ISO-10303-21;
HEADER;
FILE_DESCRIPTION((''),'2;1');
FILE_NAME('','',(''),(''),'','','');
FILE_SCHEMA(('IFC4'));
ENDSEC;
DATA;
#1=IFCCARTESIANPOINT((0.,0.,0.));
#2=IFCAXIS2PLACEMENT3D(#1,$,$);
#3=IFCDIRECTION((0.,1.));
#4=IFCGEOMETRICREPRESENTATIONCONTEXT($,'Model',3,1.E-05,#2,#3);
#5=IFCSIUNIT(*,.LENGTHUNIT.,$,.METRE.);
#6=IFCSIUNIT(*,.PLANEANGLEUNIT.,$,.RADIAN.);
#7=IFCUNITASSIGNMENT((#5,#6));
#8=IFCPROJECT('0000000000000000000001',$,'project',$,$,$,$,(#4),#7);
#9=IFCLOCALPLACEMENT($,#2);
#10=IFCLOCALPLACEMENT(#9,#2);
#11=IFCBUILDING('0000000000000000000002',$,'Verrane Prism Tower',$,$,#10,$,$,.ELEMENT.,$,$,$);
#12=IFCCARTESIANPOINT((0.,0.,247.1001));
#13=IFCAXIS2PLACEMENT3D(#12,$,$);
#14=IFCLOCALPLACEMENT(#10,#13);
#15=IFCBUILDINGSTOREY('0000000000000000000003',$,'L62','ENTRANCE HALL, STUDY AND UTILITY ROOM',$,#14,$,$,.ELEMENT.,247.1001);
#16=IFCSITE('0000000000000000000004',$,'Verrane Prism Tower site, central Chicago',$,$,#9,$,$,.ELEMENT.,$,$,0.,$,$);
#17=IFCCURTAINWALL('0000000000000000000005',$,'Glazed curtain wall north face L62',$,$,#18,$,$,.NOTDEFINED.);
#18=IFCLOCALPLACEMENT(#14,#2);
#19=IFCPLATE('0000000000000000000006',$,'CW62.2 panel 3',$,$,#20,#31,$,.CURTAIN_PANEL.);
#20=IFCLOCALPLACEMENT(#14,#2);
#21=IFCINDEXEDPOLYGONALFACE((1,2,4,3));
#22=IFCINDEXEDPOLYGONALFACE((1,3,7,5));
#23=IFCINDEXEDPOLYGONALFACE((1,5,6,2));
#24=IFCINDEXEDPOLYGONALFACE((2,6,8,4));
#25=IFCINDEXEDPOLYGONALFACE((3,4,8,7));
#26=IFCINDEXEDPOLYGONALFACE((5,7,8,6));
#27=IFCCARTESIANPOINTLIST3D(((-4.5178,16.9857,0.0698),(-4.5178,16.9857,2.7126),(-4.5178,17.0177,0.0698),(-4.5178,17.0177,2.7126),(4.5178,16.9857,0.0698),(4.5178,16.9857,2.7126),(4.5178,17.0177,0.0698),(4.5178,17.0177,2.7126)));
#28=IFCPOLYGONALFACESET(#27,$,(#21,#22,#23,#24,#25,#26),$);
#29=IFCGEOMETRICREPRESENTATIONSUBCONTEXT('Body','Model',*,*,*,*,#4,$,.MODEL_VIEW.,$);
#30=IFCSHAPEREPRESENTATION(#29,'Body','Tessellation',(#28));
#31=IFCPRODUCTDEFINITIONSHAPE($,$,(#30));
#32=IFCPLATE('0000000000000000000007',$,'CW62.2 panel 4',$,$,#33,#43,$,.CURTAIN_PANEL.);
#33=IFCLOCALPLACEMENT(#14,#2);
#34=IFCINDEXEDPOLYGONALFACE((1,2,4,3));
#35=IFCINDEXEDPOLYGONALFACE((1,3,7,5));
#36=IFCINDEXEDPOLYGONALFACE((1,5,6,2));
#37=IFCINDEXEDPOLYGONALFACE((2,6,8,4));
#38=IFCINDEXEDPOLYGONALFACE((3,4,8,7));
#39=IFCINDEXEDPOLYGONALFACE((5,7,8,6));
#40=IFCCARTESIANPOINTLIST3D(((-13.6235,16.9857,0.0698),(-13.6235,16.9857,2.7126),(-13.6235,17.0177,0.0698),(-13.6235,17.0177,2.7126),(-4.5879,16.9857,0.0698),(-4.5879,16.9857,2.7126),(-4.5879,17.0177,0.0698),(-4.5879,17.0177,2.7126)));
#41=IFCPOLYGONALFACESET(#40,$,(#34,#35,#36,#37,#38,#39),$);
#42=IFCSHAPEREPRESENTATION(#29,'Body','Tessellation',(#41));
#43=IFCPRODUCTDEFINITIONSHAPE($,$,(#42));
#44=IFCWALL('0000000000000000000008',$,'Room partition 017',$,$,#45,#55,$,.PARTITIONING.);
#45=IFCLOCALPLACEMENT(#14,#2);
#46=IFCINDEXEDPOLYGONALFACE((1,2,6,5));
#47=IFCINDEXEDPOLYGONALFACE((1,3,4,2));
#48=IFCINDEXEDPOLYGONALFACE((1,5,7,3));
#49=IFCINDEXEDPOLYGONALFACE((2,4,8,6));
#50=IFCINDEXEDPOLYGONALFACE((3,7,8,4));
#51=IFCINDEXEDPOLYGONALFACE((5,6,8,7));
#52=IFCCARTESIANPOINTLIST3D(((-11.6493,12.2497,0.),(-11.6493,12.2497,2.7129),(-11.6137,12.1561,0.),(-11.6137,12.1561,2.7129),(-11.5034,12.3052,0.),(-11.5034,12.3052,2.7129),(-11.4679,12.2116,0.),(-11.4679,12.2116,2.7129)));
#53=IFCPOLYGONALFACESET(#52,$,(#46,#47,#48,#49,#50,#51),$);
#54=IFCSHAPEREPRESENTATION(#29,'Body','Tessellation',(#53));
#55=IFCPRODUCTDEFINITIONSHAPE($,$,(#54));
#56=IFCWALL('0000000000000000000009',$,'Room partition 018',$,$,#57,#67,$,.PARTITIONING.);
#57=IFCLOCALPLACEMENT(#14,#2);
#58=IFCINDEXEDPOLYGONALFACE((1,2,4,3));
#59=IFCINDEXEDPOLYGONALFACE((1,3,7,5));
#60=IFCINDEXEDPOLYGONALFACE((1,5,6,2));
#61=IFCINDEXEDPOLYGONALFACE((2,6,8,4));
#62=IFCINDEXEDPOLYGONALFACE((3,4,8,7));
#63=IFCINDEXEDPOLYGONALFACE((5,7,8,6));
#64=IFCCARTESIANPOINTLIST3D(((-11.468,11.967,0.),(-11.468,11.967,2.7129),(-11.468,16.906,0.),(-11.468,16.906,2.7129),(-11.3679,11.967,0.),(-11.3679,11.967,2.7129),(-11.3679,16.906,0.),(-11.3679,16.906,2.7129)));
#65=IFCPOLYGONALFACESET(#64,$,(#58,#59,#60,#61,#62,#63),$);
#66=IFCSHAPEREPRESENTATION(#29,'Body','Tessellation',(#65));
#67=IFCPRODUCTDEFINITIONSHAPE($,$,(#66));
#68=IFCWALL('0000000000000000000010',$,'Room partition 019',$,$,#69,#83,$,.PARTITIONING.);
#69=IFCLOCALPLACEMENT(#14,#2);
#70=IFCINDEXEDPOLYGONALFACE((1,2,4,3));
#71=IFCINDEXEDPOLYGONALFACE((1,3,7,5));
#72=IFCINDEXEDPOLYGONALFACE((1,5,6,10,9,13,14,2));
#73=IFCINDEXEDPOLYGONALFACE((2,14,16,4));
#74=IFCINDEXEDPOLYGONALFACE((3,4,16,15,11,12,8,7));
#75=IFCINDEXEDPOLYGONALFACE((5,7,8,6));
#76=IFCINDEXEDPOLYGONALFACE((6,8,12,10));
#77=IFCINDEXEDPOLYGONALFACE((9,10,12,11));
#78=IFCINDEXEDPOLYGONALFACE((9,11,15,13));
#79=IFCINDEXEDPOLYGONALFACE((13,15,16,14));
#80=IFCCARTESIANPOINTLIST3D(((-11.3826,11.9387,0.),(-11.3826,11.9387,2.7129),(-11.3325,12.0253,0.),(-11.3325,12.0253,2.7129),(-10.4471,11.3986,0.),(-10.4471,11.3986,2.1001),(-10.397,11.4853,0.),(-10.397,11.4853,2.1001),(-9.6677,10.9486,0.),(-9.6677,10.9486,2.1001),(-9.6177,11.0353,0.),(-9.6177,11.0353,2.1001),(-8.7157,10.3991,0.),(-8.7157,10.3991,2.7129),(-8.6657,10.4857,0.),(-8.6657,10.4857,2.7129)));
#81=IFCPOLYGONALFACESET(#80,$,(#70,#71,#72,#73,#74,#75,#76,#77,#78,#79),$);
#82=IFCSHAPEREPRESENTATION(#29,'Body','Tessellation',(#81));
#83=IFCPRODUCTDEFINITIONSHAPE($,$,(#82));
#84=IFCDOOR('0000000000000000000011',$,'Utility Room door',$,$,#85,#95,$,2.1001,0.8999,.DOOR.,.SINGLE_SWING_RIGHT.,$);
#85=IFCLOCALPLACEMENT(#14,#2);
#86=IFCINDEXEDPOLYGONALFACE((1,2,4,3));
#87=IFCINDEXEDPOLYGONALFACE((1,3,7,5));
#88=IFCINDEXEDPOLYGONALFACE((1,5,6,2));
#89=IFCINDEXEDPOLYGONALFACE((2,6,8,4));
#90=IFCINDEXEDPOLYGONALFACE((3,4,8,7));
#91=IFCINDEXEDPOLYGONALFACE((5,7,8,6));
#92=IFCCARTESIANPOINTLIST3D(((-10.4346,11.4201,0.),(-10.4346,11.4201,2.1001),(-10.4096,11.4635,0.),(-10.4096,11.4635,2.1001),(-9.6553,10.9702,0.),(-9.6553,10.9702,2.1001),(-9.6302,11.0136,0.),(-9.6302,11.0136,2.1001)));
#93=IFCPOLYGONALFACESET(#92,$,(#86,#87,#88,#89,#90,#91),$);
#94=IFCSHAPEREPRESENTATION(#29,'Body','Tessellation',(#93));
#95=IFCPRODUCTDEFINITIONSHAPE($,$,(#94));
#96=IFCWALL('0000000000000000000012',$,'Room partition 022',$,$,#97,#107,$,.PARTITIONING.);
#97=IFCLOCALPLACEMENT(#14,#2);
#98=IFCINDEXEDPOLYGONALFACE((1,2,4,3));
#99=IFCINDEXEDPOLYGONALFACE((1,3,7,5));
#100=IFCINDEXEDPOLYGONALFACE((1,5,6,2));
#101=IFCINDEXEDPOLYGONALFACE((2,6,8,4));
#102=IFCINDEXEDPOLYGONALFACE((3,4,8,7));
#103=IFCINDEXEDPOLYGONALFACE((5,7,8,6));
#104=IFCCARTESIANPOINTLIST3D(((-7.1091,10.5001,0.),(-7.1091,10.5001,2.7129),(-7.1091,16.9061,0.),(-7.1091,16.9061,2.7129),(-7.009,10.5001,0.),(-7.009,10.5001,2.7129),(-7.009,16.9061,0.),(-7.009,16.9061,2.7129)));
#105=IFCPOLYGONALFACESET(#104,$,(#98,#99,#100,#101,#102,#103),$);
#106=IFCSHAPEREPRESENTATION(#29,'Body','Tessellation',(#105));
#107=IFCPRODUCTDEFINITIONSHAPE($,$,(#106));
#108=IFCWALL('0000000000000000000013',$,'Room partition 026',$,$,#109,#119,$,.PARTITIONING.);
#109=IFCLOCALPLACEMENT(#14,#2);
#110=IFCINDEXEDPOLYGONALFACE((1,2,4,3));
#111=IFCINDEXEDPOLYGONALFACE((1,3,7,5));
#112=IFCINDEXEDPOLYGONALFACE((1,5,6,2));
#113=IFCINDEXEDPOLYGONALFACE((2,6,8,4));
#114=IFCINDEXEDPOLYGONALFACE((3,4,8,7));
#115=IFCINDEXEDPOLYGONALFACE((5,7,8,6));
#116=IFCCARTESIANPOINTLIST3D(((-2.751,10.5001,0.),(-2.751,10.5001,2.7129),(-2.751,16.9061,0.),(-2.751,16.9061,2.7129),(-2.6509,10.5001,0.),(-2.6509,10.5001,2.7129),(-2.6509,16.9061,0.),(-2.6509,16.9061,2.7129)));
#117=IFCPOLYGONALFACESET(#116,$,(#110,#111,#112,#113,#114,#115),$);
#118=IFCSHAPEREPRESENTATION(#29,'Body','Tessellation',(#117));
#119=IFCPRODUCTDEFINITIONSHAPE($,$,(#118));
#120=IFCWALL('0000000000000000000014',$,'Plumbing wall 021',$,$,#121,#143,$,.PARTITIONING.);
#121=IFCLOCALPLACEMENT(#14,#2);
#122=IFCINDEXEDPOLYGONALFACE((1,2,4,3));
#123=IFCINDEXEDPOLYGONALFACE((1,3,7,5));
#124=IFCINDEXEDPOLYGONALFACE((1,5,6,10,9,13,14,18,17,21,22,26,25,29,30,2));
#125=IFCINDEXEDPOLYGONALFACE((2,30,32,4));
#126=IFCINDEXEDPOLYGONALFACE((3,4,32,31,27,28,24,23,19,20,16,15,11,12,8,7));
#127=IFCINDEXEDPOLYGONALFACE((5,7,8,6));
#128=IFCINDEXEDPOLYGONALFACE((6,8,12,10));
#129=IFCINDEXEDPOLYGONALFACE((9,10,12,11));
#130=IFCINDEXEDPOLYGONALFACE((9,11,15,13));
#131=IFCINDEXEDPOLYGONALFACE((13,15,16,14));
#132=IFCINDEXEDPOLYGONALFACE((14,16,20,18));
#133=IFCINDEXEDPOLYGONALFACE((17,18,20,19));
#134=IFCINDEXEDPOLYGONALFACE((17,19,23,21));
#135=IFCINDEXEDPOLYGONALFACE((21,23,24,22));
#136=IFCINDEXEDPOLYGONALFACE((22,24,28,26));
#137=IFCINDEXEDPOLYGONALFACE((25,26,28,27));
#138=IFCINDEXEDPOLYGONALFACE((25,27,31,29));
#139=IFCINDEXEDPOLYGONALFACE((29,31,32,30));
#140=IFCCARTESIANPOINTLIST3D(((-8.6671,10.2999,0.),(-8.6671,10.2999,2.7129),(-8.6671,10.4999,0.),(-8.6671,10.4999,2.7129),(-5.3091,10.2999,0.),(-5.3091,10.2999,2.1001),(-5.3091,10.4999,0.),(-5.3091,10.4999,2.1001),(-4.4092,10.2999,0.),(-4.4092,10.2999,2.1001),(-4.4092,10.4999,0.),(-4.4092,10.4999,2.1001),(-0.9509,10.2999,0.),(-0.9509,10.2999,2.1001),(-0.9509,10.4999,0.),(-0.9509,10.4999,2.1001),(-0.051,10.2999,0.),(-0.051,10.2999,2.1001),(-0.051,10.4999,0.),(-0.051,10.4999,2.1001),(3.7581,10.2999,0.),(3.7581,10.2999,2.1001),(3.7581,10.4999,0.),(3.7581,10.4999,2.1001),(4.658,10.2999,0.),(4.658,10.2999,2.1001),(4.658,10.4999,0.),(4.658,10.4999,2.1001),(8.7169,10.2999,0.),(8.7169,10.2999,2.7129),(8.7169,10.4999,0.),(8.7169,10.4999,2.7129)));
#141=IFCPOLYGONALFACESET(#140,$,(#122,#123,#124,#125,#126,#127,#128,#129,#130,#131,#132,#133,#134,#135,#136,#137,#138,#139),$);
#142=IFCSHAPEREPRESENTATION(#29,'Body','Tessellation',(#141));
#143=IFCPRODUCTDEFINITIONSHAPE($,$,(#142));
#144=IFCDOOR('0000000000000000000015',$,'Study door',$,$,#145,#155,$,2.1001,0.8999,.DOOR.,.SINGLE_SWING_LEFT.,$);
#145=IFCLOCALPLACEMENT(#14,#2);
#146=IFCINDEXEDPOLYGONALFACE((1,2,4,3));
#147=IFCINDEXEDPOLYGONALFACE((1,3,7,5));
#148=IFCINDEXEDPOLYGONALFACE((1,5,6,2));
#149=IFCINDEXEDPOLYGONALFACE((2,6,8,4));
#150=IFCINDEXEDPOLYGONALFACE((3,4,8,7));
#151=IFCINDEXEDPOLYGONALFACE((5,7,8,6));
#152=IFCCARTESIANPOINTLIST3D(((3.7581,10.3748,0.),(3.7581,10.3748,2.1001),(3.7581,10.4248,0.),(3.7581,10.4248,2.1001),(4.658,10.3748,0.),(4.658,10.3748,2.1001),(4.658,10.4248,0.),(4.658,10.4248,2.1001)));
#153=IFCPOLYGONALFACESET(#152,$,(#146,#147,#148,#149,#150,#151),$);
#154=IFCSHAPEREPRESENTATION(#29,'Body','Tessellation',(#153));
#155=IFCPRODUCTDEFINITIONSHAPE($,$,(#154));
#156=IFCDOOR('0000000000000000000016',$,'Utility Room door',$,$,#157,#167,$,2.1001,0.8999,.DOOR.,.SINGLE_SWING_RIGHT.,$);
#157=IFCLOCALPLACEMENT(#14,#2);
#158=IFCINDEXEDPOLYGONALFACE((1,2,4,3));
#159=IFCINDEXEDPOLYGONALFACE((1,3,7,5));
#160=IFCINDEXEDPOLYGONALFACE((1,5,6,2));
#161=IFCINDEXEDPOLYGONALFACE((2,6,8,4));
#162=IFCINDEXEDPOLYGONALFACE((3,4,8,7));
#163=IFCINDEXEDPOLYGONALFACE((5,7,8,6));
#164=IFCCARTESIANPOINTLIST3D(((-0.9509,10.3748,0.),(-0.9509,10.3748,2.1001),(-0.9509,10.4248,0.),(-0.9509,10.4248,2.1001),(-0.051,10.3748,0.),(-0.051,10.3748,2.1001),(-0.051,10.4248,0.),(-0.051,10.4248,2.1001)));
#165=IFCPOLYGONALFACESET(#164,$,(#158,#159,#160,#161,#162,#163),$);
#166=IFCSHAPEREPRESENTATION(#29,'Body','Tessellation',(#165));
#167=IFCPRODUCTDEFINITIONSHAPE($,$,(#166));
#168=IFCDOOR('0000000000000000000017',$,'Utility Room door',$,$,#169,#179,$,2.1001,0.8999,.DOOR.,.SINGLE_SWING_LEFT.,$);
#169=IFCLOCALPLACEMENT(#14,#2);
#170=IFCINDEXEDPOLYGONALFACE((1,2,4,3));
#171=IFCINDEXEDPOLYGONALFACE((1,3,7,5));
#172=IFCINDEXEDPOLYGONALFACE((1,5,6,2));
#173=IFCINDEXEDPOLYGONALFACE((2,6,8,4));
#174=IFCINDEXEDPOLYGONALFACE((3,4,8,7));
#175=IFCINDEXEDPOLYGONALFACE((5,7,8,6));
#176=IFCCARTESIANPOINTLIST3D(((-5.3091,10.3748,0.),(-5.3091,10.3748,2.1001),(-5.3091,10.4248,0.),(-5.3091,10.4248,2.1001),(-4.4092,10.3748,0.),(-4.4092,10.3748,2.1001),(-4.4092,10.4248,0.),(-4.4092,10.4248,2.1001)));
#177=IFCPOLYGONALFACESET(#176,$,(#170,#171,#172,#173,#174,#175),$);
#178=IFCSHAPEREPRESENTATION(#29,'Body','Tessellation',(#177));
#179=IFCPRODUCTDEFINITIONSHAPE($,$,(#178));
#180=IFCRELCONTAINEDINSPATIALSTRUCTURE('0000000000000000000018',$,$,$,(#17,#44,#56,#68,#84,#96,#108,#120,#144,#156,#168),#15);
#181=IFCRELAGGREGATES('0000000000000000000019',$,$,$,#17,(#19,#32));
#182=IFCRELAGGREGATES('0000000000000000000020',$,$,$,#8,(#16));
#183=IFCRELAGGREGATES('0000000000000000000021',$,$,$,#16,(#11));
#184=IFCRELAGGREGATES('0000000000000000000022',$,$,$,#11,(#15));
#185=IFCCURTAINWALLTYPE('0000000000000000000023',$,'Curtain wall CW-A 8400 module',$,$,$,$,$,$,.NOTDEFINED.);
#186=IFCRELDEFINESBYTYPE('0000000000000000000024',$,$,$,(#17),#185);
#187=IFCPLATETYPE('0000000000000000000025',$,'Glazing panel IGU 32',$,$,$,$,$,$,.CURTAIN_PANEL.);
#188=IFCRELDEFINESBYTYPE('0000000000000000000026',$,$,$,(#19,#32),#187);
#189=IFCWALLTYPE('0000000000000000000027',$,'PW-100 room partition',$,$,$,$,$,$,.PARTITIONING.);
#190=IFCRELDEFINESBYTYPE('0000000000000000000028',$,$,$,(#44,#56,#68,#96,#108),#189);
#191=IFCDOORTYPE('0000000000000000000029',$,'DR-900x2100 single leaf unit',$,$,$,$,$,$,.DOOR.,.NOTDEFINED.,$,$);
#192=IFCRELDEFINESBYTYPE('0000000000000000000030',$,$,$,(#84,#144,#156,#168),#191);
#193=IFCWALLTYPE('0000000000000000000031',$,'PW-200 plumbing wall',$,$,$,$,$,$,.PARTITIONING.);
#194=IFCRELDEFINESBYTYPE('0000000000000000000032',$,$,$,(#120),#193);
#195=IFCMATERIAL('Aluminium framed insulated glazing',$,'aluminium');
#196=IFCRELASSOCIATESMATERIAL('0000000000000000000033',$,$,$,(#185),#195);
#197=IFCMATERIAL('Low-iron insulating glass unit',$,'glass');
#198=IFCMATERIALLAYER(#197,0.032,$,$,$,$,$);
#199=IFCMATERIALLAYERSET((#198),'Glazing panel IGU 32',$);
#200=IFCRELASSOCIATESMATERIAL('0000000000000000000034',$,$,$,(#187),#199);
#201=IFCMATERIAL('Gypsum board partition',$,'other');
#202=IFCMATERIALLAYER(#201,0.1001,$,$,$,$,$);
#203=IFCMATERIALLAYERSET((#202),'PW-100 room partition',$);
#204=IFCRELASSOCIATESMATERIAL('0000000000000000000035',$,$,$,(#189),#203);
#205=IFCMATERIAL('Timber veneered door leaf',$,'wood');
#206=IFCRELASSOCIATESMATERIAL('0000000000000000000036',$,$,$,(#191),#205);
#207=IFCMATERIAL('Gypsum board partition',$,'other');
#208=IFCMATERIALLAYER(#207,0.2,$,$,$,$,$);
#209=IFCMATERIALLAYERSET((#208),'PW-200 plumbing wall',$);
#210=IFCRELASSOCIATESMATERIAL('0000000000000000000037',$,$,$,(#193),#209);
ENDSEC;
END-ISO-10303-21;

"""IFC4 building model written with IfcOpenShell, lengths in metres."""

from ifc_helpers import new_model, si_unit, direction, frame, frame_2d, origin, origin_2d, place, context, subcontext, project, spatial, rectangle, extrude, material, layer, layer_set, type_object, element, fill, aggregate, save


model = new_model("IFC4")

# Units and contexts
model_context = context("Model", 3, precision=1e-05, world=origin(), true_north=direction((0.0, 1.0)))
body_context = subcontext(model_context, "Body", "Model", "MODEL_VIEW")
ifc_project = project(units=[si_unit("LENGTHUNIT", "METRE"), si_unit("PLANEANGLEUNIT", "RADIAN")], contexts=[model_context])

# Site, building, storey
site_placement = place(None, origin())
site = spatial("IfcSite", under=ifc_project, at=site_placement, Name="Verrane Prism Tower site, central Chicago", CompositionType="ELEMENT", RefElevation=0.0)
building_placement = place(site_placement, origin())
building = spatial("IfcBuilding", under=site, at=building_placement, Name="Verrane Prism Tower", CompositionType="ELEMENT")
storey_placement = place(building_placement, frame((0.0, 0.0, 247.1001)))
storey = spatial("IfcBuildingStorey", under=building, at=storey_placement, Name="L62", Description="ENTRANCE HALL, STUDY AND UTILITY ROOM", CompositionType="ELEMENT", Elevation=247.1001)

# Curtain wall
ifc_material_1 = material(Name="Aluminium framed insulated glazing", Category="aluminium")
curtain_wall_type = type_object("IfcCurtainWallType", Name="Curtain wall CW-A 8400 module", PredefinedType="NOTDEFINED", material=ifc_material_1)
curtain_wall_placement = place(storey_placement, origin())
curtain_wall = element("IfcCurtainWall", 1, at=curtain_wall_placement, inside=storey, type_object=curtain_wall_type, Name="Glazed curtain wall north face L62", PredefinedType="NOTDEFINED")

# Plates
ifc_material_2 = material(Name="Low-iron insulating glass unit", Category="glass")
ifc_layer_1 = layer(ifc_material_2, 0.032)
ifc_layer_set_1 = layer_set([ifc_layer_1], Name="Glazing panel IGU 32")
plate_type = type_object("IfcPlateType", Name="Glazing panel IGU 32", PredefinedType="CURTAIN_PANEL", material=ifc_layer_set_1)
plate_1_placement = place(storey_placement, frame((0.0, 17.0017, 0.0698), z_axis=(0.0, 0.0, 1.0), x_axis=(-1.0, 0.0, 0.0)))
plate_1 = element("IfcPlate", 2, at=plate_1_placement, type_object=plate_type, Name="CW62.2 panel 3", PredefinedType="CURTAIN_PANEL", context=body_context, shape_type="SweptSolid", body=[
    extrude(rectangle(XDim=9.0356, YDim=0.032, at=origin_2d()), origin(), (0.0, 0.0, 1.0), 2.6428),
])
plate_2_placement = place(storey_placement, frame((-9.1057, 17.0017, 0.0698), z_axis=(0.0, 0.0, 1.0), x_axis=(-1.0, 0.0, 0.0)))
plate_2 = element("IfcPlate", 3, at=plate_2_placement, type_object=plate_type, Name="CW62.2 panel 4", PredefinedType="CURTAIN_PANEL", context=body_context, shape_type="SweptSolid", body=[
    extrude(rectangle(XDim=9.0356, YDim=0.032, at=origin_2d()), origin(), (0.0, 0.0, 1.0), 2.6428),
])
aggregate(curtain_wall, [plate_1, plate_2])

# Walls
ifc_material_3 = material(Name="Gypsum board partition", Category="other")
ifc_layer_2 = layer(ifc_material_3, 0.1001)
ifc_layer_set_2 = layer_set([ifc_layer_2], Name="PW-100 room partition")
wall_type_1 = type_object("IfcWallType", Name="PW-100 room partition", PredefinedType="PARTITIONING", material=ifc_layer_set_2)
wall_1_placement = place(storey_placement, frame((-11.6316, 12.2029, 0.0), z_axis=(0.0, 0.0, 1.0), x_axis=(0.934711, 0.355409, 0.0)))
element("IfcWall", 4, at=wall_1_placement, inside=storey, type_object=wall_type_1, Name="Room partition 017", PredefinedType="PARTITIONING", context=body_context, shape_type="SweptSolid", body=[
    extrude(rectangle(XDim=0.156, YDim=0.1001, at=frame_2d((0.0781, 0.0))), origin(), (0.0, 0.0, 1.0), 2.7129),
])
wall_2_placement = place(storey_placement, frame((-11.418, 11.967, 0.0), z_axis=(0.0, 0.0, 1.0), x_axis=(0.0, 1.0, 0.0)))
element("IfcWall", 5, at=wall_2_placement, inside=storey, type_object=wall_type_1, Name="Room partition 018", PredefinedType="PARTITIONING", context=body_context, shape_type="SweptSolid", body=[
    extrude(rectangle(XDim=4.939, YDim=0.1001, at=frame_2d((2.4695, 0.0))), origin(), (0.0, 0.0, 1.0), 2.7129),
])

# Wall, opening, door
wall_3_placement = place(storey_placement, frame((-11.3574, 11.9819, 0.0), z_axis=(0.0, 0.0, 1.0), x_axis=(0.866039, -0.499976, 0.0)))
wall_3 = element("IfcWall", 6, at=wall_3_placement, inside=storey, type_object=wall_type_1, Name="Room partition 019", PredefinedType="PARTITIONING", context=body_context, shape_type="SweptSolid", body=[
    extrude(rectangle(XDim=3.0793, YDim=0.1001, at=frame_2d((1.5396, 0.0))), origin(), (0.0, 0.0, 1.0), 2.7129),
])
opening_1_placement = place(wall_3_placement, frame((1.0801, 0.0, 0.0)))
opening_1 = element("IfcOpeningElement", 7, at=opening_1_placement, cuts=wall_3, PredefinedType="OPENING", context=body_context, shape_type="SweptSolid", body=[
    extrude(rectangle(XDim=0.8999, YDim=2.1001, at=frame_2d((0.45, 1.05))), frame((0.0, 0.0601, 0.0), z_axis=(0.0, -1.0, 0.0), x_axis=(1.0, 0.0, 0.0)), (0.0, 0.0, 1.0), 0.1201),
])
ifc_material_4 = material(Name="Timber veneered door leaf", Category="wood")
door_type = type_object("IfcDoorType", Name="DR-900x2100 single leaf unit", OperationType="NOTDEFINED", PredefinedType="DOOR", material=ifc_material_4)
door_1_placement = place(opening_1_placement, origin())
door_1 = element("IfcDoor", 8, at=door_1_placement, inside=storey, type_object=door_type, Name="Utility Room door", OperationType="SINGLE_SWING_RIGHT", OverallHeight=2.1001, OverallWidth=0.8999, PredefinedType="DOOR", context=body_context, shape_type="SweptSolid", body=[
    extrude(rectangle(XDim=0.8999, YDim=2.1001, at=frame_2d((0.45, 1.05))), frame((0.0, 0.0249, 0.0), z_axis=(0.0, -1.0, 0.0), x_axis=(1.0, 0.0, 0.0)), (0.0, 0.0, 1.0), 0.05),
])
fill(opening_1, door_1)

# Walls
for number, where, z_axis, x_axis, name in (
    (9, (-7.0591, 10.5, 0.0), (0.0, 0.0, 1.0), (0.0, 1.0, 0.0), "Room partition 022"),
    (10, (-2.7009, 10.5, 0.0), (0.0, 0.0, 1.0), (0.0, 1.0, 0.0), "Room partition 026"),
):
    element("IfcWall", number, at=place(storey_placement, frame(where, z_axis=z_axis, x_axis=x_axis)), inside=storey, type_object=wall_type_1, Name=name, PredefinedType="PARTITIONING", context=body_context, shape_type="SweptSolid", body=[
        extrude(rectangle(XDim=6.406, YDim=0.1001, at=frame_2d((3.2031, 0.0))), origin(), (0.0, 0.0, 1.0), 2.7129),
    ])

# Wall, openings, doors
ifc_material_5 = material(Name="Gypsum board partition", Category="other")
ifc_layer_3 = layer(ifc_material_5, 0.2)
ifc_layer_set_3 = layer_set([ifc_layer_3], Name="PW-200 plumbing wall")
wall_type_2 = type_object("IfcWallType", Name="PW-200 plumbing wall", PredefinedType="PARTITIONING", material=ifc_layer_set_3)
wall_4_placement = place(storey_placement, frame((-8.667, 10.3999, 0.0), z_axis=(0.0, 0.0, 1.0), x_axis=(1.0, 0.0, 0.0)))
wall_4 = element("IfcWall", 11, at=wall_4_placement, inside=storey, type_object=wall_type_2, Name="Plumbing wall 021", PredefinedType="PARTITIONING", context=body_context, shape_type="SweptSolid", body=[
    extrude(rectangle(XDim=17.384, YDim=0.2, at=frame_2d((8.6919, 0.0))), origin(), (0.0, 0.0, 1.0), 2.7129),
])
opening_2_placement = place(wall_4_placement, frame((12.425, 0.0, 0.0)))
opening_2 = element("IfcOpeningElement", 12, at=opening_2_placement, cuts=wall_4, PredefinedType="OPENING", context=body_context, shape_type="SweptSolid", body=[
    extrude(rectangle(XDim=0.8999, YDim=2.1001, at=frame_2d((0.45, 1.05))), frame((0.0, 0.1099, 0.0), z_axis=(0.0, -1.0, 0.0), x_axis=(1.0, 0.0, 0.0)), (0.0, 0.0, 1.0), 0.22),
])
opening_3_placement = place(wall_4_placement, frame((7.7161, 0.0, 0.0)))
opening_3 = element("IfcOpeningElement", 13, at=opening_3_placement, cuts=wall_4, PredefinedType="OPENING", context=body_context, shape_type="SweptSolid", body=[
    extrude(rectangle(XDim=0.8999, YDim=2.1001, at=frame_2d((0.45, 1.05))), frame((0.0, 0.1099, 0.0), z_axis=(0.0, -1.0, 0.0), x_axis=(1.0, 0.0, 0.0)), (0.0, 0.0, 1.0), 0.22),
])
opening_4_placement = place(wall_4_placement, frame((3.3579, 0.0, 0.0)))
opening_4 = element("IfcOpeningElement", 14, at=opening_4_placement, cuts=wall_4, PredefinedType="OPENING", context=body_context, shape_type="SweptSolid", body=[
    extrude(rectangle(XDim=0.8999, YDim=2.1001, at=frame_2d((0.45, 1.05))), frame((0.0, 0.1099, 0.0), z_axis=(0.0, -1.0, 0.0), x_axis=(1.0, 0.0, 0.0)), (0.0, 0.0, 1.0), 0.22),
])
door_2_placement = place(opening_2_placement, origin())
door_2 = element("IfcDoor", 15, at=door_2_placement, inside=storey, type_object=door_type, Name="Study door", OperationType="SINGLE_SWING_LEFT", OverallHeight=2.1001, OverallWidth=0.8999, PredefinedType="DOOR", context=body_context, shape_type="SweptSolid", body=[
    extrude(rectangle(XDim=0.8999, YDim=2.1001, at=frame_2d((0.45, 1.05))), frame((0.0, 0.0249, 0.0), z_axis=(0.0, -1.0, 0.0), x_axis=(1.0, 0.0, 0.0)), (0.0, 0.0, 1.0), 0.05),
])
fill(opening_2, door_2)
door_3_placement = place(opening_3_placement, origin())
door_3 = element("IfcDoor", 16, at=door_3_placement, inside=storey, type_object=door_type, Name="Utility Room door", OperationType="SINGLE_SWING_RIGHT", OverallHeight=2.1001, OverallWidth=0.8999, PredefinedType="DOOR", context=body_context, shape_type="SweptSolid", body=[
    extrude(rectangle(XDim=0.8999, YDim=2.1001, at=frame_2d((0.45, 1.05))), frame((0.0, 0.0249, 0.0), z_axis=(0.0, -1.0, 0.0), x_axis=(1.0, 0.0, 0.0)), (0.0, 0.0, 1.0), 0.05),
])
fill(opening_3, door_3)
door_4_placement = place(opening_4_placement, origin())
door_4 = element("IfcDoor", 17, at=door_4_placement, inside=storey, type_object=door_type, Name="Utility Room door", OperationType="SINGLE_SWING_LEFT", OverallHeight=2.1001, OverallWidth=0.8999, PredefinedType="DOOR", context=body_context, shape_type="SweptSolid", body=[
    extrude(rectangle(XDim=0.8999, YDim=2.1001, at=frame_2d((0.45, 1.05))), frame((0.0, 0.0249, 0.0), z_axis=(0.0, -1.0, 0.0), x_axis=(1.0, 0.0, 0.0)), (0.0, 0.0, 1.0), 0.05),
])
fill(opening_4, door_4)

save(model, "model.ifc")
